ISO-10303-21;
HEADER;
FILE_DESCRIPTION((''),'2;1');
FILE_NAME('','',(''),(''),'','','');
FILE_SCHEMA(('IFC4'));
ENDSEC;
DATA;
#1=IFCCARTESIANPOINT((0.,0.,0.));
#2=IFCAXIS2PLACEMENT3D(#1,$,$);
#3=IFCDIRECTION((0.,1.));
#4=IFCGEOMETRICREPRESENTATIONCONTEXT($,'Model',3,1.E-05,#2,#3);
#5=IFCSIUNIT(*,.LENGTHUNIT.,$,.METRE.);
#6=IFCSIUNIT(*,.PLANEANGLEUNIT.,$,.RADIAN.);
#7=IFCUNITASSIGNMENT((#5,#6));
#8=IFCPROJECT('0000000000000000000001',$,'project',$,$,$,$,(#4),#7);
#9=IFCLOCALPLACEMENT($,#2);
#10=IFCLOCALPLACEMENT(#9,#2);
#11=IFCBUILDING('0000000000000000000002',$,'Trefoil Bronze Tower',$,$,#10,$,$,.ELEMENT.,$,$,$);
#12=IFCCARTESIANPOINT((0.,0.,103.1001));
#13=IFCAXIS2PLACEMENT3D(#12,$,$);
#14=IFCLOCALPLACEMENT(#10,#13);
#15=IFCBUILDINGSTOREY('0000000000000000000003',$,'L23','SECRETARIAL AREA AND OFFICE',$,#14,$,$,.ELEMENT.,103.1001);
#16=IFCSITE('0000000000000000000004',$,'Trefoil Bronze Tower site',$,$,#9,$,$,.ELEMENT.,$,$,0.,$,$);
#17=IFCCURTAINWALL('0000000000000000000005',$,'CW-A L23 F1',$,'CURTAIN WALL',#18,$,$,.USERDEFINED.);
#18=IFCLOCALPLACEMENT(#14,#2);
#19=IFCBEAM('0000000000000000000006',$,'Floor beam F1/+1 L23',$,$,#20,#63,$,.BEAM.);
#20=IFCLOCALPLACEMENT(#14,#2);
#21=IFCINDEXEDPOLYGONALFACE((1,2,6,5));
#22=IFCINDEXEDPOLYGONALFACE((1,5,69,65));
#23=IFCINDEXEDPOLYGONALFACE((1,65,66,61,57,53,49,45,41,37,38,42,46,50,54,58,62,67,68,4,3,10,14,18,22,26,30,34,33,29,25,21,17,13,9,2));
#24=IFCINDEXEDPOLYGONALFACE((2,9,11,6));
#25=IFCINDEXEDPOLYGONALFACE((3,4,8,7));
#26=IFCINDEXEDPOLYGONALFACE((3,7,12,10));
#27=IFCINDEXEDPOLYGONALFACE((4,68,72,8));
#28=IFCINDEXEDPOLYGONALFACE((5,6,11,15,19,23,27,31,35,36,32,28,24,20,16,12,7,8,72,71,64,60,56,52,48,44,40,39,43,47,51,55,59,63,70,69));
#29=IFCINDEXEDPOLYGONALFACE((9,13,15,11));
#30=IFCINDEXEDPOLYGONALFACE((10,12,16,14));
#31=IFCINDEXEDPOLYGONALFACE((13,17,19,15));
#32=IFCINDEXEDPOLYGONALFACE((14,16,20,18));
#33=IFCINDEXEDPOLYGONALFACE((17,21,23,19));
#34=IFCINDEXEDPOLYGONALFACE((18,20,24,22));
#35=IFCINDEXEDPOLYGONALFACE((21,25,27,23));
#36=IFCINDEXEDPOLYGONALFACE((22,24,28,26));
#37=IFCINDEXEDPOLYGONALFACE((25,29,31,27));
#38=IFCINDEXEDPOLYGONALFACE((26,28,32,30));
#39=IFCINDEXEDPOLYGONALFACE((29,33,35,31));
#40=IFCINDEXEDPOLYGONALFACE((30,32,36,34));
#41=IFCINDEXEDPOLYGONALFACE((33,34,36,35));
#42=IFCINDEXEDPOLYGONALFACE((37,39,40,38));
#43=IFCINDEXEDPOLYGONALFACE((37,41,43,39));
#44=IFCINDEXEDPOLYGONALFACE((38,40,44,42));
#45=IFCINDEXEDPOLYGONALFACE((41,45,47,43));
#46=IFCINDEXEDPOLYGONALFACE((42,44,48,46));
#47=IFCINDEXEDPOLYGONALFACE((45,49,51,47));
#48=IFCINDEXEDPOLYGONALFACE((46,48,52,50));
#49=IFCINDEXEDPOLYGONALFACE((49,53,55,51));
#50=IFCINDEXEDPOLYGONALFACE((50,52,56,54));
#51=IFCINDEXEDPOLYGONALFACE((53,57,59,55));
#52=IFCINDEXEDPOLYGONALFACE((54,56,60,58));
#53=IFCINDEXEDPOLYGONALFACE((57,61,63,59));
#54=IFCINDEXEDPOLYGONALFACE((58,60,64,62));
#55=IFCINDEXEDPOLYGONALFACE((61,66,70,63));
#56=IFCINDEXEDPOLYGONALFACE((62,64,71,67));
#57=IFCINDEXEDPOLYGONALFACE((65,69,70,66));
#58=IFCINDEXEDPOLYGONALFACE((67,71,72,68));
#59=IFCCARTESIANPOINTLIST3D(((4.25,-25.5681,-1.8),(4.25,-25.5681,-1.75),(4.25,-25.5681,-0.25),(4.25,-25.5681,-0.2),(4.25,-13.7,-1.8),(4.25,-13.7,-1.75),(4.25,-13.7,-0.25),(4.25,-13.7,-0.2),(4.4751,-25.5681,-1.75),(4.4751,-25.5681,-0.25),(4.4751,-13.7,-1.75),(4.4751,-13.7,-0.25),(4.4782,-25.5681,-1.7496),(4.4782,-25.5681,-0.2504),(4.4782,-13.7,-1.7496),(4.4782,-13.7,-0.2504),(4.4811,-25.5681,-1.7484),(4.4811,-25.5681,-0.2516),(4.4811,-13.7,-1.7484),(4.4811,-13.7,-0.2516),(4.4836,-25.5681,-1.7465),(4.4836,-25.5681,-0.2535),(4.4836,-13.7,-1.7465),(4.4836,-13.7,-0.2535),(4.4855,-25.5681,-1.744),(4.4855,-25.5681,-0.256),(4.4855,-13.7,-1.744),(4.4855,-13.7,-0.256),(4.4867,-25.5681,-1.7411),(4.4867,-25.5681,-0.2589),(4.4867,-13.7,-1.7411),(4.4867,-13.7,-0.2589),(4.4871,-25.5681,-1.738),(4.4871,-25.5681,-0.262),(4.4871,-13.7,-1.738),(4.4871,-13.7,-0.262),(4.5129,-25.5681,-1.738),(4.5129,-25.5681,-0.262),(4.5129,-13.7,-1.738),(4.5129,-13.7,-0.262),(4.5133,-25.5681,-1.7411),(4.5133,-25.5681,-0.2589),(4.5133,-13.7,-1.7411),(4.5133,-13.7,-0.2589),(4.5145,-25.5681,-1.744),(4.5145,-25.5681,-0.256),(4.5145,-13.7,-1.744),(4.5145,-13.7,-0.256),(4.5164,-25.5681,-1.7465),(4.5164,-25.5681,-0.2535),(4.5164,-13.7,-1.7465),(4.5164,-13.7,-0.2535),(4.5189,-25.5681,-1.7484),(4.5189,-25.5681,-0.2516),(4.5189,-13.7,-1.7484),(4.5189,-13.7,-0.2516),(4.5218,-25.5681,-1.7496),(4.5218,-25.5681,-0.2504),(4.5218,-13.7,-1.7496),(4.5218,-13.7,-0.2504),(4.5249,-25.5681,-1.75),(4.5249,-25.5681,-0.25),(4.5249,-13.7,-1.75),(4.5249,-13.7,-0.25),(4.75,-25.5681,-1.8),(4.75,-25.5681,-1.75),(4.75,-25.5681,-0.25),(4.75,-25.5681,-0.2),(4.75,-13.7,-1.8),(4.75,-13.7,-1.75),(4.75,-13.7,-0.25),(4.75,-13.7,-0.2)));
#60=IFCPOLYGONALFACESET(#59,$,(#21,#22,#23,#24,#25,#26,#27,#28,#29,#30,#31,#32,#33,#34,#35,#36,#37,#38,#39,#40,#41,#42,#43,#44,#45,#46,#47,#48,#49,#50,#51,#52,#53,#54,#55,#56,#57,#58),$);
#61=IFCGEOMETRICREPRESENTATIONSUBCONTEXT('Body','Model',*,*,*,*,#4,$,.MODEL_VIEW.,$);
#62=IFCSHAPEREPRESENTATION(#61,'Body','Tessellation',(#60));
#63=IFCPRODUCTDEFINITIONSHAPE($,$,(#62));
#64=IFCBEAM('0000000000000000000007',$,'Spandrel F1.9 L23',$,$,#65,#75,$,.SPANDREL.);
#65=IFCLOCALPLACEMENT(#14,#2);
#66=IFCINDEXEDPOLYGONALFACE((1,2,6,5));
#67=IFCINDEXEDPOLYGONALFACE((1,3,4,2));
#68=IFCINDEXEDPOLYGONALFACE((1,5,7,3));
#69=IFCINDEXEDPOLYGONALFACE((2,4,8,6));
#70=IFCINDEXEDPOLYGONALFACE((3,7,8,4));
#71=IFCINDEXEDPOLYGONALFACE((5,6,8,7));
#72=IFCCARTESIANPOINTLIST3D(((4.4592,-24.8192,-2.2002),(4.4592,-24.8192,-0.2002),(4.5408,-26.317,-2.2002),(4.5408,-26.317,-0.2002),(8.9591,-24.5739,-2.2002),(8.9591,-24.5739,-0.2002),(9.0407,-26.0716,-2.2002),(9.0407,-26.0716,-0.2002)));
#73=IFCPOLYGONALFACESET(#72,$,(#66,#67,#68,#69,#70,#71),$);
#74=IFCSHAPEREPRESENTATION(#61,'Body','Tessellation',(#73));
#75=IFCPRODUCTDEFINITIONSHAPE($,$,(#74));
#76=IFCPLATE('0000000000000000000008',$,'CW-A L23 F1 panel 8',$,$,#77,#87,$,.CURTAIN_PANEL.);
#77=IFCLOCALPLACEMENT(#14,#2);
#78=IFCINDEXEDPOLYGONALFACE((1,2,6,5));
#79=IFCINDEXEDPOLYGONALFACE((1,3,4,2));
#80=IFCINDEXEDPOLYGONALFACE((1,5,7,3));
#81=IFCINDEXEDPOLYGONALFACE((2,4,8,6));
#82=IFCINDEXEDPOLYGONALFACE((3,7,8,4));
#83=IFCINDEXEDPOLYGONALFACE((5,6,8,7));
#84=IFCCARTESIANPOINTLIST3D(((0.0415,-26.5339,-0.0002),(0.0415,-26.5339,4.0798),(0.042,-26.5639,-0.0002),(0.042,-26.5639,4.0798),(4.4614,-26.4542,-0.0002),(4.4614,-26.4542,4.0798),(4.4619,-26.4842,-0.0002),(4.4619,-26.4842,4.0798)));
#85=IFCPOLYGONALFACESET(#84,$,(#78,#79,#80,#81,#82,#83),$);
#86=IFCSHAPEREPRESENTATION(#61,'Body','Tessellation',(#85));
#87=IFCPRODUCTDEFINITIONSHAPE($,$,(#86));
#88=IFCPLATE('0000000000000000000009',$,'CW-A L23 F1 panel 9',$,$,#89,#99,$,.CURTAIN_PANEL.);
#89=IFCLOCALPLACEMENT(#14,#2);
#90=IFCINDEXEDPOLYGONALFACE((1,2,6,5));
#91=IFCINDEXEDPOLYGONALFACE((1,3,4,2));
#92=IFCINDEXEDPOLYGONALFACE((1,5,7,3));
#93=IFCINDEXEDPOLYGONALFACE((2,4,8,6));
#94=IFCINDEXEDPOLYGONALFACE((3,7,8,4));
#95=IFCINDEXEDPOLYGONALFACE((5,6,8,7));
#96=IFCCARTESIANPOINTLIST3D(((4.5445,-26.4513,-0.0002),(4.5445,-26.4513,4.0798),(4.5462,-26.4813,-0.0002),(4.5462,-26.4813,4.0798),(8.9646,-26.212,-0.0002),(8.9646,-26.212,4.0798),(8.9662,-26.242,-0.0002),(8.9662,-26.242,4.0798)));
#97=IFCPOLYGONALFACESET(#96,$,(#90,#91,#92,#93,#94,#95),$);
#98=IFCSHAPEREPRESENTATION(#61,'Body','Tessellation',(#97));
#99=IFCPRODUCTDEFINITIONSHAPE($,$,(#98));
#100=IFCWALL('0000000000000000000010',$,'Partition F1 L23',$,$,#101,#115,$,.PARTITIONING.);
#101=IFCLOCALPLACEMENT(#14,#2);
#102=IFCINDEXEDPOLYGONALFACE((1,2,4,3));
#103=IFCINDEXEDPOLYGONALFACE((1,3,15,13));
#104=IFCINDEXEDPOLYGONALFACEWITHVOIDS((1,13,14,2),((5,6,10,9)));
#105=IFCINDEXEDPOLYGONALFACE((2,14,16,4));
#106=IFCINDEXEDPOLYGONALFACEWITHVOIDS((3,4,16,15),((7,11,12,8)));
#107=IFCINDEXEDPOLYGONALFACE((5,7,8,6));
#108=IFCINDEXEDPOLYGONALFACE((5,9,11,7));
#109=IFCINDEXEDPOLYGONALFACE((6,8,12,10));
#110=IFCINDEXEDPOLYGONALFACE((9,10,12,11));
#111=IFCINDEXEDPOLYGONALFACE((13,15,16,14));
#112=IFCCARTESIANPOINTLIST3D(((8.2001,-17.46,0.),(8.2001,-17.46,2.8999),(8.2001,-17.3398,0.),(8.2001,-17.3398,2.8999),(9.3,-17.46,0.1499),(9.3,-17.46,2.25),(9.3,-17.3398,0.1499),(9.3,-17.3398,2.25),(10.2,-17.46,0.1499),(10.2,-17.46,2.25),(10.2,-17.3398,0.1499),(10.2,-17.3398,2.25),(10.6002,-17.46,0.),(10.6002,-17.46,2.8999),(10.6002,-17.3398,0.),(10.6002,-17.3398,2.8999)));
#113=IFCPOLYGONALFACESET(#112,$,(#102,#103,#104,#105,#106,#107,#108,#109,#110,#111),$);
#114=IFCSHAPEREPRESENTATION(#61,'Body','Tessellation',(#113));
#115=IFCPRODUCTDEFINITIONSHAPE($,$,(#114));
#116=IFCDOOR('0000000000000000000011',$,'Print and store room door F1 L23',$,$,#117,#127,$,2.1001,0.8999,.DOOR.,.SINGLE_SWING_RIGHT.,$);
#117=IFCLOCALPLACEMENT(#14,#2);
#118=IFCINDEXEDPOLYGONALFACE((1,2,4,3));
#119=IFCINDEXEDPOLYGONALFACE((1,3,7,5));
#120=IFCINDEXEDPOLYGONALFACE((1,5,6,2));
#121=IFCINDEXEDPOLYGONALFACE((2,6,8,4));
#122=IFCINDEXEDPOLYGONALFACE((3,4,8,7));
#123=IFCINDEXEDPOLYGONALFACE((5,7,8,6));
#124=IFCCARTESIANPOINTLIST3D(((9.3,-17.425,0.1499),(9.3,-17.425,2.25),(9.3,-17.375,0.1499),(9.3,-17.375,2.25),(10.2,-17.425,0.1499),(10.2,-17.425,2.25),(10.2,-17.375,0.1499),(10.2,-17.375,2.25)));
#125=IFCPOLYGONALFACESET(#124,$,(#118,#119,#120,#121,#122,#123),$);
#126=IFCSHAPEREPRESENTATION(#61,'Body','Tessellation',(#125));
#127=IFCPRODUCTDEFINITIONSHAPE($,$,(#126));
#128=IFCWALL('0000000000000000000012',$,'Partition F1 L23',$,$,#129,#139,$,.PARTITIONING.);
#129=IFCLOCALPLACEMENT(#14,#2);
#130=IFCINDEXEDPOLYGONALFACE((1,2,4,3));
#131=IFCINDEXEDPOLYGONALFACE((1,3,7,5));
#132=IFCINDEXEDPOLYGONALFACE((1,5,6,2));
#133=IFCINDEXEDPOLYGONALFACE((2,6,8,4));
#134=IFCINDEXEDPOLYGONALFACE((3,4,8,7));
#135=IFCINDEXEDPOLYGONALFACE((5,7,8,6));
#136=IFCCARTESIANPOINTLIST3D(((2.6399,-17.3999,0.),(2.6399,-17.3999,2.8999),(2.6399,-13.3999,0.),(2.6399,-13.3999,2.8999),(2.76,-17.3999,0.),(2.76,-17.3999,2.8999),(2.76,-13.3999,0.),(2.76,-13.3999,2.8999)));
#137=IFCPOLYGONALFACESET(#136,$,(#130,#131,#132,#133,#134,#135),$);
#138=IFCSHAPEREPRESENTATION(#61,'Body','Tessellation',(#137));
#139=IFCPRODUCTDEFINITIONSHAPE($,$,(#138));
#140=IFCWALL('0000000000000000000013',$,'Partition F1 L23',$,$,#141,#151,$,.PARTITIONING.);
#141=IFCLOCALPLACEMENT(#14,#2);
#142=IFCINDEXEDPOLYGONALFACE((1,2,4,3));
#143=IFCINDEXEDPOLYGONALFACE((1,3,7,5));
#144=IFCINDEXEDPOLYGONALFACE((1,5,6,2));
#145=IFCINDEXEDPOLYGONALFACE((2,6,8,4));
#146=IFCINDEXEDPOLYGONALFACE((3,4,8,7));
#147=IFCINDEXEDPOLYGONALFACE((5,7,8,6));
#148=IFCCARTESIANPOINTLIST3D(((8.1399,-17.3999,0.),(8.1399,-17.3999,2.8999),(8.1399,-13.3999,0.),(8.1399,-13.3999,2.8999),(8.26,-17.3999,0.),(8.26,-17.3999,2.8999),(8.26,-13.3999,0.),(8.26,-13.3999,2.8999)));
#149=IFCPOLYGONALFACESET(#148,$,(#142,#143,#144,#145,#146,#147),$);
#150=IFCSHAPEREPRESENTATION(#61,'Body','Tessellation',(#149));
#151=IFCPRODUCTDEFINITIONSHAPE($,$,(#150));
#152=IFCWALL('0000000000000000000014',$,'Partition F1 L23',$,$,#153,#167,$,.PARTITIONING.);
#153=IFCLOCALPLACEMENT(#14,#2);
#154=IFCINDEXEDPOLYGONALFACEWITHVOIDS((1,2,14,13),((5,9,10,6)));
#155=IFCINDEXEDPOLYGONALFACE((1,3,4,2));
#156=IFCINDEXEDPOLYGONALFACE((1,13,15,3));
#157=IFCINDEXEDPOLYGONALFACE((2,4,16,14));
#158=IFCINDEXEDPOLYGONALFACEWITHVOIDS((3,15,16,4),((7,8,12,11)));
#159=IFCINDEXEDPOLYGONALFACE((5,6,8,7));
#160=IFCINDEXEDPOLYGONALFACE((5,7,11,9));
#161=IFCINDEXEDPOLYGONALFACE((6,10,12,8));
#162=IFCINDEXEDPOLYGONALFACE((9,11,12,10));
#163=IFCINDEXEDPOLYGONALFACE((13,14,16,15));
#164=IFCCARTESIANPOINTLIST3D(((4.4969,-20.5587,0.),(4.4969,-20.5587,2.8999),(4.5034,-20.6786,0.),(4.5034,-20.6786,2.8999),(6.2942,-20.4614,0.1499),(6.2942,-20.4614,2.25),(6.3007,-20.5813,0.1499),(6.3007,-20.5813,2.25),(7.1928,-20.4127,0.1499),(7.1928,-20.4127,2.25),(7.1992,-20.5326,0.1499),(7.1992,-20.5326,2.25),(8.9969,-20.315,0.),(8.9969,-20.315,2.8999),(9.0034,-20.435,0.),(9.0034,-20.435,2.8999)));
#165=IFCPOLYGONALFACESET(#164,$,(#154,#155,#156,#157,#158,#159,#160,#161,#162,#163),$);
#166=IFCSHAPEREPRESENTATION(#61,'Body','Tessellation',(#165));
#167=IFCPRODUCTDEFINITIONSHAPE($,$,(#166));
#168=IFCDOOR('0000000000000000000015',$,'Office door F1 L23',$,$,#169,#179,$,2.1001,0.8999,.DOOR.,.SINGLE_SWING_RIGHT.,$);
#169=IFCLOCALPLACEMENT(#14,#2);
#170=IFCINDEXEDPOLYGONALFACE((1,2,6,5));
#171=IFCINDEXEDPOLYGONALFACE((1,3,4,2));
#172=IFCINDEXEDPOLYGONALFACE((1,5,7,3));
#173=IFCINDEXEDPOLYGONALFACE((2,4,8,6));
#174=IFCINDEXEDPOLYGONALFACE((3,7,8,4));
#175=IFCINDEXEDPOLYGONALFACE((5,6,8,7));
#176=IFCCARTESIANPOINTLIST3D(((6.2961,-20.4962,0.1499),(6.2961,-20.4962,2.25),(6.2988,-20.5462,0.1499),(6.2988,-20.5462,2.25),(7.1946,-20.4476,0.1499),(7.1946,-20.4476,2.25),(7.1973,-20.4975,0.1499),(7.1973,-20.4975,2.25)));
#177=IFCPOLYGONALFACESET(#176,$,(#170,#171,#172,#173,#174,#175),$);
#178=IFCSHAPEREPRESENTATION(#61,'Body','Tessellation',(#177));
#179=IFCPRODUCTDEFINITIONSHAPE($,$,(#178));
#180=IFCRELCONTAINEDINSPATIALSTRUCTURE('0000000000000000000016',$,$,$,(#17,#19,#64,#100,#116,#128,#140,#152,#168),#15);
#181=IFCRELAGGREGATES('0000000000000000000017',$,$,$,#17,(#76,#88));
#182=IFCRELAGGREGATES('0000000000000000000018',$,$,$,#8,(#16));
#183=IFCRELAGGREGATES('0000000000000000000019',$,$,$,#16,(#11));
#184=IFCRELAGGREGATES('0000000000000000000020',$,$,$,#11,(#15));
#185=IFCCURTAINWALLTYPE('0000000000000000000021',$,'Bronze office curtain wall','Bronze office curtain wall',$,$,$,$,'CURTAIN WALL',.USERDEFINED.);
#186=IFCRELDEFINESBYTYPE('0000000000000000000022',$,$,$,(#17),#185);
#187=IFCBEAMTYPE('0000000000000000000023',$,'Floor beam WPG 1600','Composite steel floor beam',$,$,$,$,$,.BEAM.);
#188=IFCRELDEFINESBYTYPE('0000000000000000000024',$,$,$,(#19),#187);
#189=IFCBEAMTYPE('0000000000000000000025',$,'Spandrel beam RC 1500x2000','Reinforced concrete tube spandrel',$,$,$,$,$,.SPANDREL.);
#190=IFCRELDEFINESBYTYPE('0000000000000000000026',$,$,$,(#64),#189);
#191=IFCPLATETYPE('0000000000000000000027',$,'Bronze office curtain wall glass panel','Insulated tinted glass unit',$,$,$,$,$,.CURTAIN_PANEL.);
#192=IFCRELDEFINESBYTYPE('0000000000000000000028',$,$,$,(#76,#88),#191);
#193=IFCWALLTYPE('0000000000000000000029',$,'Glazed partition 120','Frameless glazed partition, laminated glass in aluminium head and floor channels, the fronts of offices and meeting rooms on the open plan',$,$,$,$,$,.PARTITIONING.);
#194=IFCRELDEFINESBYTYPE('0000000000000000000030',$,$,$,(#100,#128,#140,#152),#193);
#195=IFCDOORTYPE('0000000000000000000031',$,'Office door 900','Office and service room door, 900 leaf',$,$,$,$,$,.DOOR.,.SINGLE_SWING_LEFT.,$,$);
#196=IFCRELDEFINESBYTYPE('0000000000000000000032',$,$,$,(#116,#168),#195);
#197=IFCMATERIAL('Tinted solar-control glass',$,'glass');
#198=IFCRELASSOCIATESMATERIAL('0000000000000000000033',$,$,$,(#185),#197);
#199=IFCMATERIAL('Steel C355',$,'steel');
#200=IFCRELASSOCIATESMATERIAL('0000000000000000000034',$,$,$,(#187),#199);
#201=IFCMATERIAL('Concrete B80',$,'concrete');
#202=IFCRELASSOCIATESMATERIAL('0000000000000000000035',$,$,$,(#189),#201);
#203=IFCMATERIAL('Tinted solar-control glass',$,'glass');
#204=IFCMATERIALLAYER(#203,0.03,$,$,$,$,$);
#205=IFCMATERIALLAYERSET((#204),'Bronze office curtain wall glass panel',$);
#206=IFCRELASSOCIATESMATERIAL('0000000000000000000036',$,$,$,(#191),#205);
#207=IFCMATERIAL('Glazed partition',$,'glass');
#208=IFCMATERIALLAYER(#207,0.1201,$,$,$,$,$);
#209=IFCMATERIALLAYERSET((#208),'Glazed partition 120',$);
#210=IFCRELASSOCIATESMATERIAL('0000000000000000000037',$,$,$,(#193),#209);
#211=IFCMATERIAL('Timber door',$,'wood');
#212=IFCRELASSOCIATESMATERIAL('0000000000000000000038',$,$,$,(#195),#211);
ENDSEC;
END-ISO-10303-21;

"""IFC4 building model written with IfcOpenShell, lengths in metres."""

from ifc_helpers import new_model, si_unit, direction, frame, frame_2d, origin, origin_2d, place, context, subcontext, project, spatial, rectangle, i_section, extrude, material, layer, layer_set, material_profile, profile_set, type_object, element, fill, aggregate, save


model = new_model("IFC4")

# Units and contexts
model_context = context("Model", 3, precision=1e-05, world=origin(), true_north=direction((0.0, 1.0)))
body_context = subcontext(model_context, "Body", "Model", "MODEL_VIEW")
ifc_project = project(units=[si_unit("LENGTHUNIT", "METRE"), si_unit("PLANEANGLEUNIT", "RADIAN")], contexts=[model_context])

# Site, building, storey
site_placement = place(None, origin())
site = spatial("IfcSite", under=ifc_project, at=site_placement, Name="Trefoil Bronze Tower site", CompositionType="ELEMENT", RefElevation=0.0)
building_placement = place(site_placement, origin())
building = spatial("IfcBuilding", under=site, at=building_placement, Name="Trefoil Bronze Tower", CompositionType="ELEMENT")
storey_placement = place(building_placement, frame((0.0, 0.0, 103.1001)))
storey = spatial("IfcBuildingStorey", under=building, at=storey_placement, Name="L23", Description="SECRETARIAL AREA AND OFFICE", CompositionType="ELEMENT", Elevation=103.1001)

# Curtain wall
ifc_material_1 = material(Name="Tinted solar-control glass", Category="glass")
curtain_wall_type = type_object("IfcCurtainWallType", Name="Bronze office curtain wall", Description="Bronze office curtain wall", ElementType="CURTAIN WALL", PredefinedType="USERDEFINED", material=ifc_material_1)
curtain_wall_placement = place(storey_placement, origin())
curtain_wall = element("IfcCurtainWall", 1, at=curtain_wall_placement, inside=storey, type_object=curtain_wall_type, Name="CW-A L23 F1", ObjectType="CURTAIN WALL", PredefinedType="USERDEFINED")

# Beams
ifc_material_2 = material(Name="Steel C355", Category="steel")
ifc_material_profile_1 = material_profile(ifc_material_2, i_section(OverallWidth=0.5, OverallDepth=1.6001, WebThickness=0.0259, FlangeThickness=0.05, FilletRadius=0.012, at=origin_2d()), Name="WPG 1600")
ifc_profile_set_1 = profile_set([ifc_material_profile_1], Name="Steel C355")
beam_type_1 = type_object("IfcBeamType", Name="Floor beam WPG 1600", Description="Composite steel floor beam", PredefinedType="BEAM", material=ifc_profile_set_1)
beam_1_placement = place(storey_placement, frame((4.5, -25.5681, -1.0), z_axis=(0.0, 1.0, 0.0), x_axis=(-1.0, 0.0, 0.0)))
element("IfcBeam", 2, at=beam_1_placement, inside=storey, type_object=beam_type_1, Name="Floor beam F1/+1 L23", PredefinedType="BEAM", context=body_context, shape_type="SweptSolid", body=[
    extrude(i_section(OverallWidth=0.5, OverallDepth=1.6001, WebThickness=0.0259, FlangeThickness=0.05, FilletRadius=0.012, at=origin_2d()), origin(), (0.0, 0.0, 1.0), 11.8682),
])
ifc_material_3 = material(Name="Concrete B80", Category="concrete")
ifc_material_profile_2 = material_profile(ifc_material_3, rectangle(XDim=1.5, YDim=2.0, at=origin_2d()), Name="RC 1500x2000")
ifc_profile_set_2 = profile_set([ifc_material_profile_2], Name="Concrete B80")
beam_type_2 = type_object("IfcBeamType", Name="Spandrel beam RC 1500x2000", Description="Reinforced concrete tube spandrel", PredefinedType="SPANDREL", material=ifc_profile_set_2)
beam_2_placement = place(storey_placement, frame((4.5, -25.5681, -1.2002), z_axis=(0.998517, 0.054444, 0.0), x_axis=(-0.054444, 0.998517, 0.0)))
element("IfcBeam", 3, at=beam_2_placement, inside=storey, type_object=beam_type_2, Name="Spandrel F1.9 L23", PredefinedType="SPANDREL", context=body_context, shape_type="SweptSolid", body=[
    extrude(rectangle(XDim=1.5, YDim=2.0, at=origin_2d()), origin(), (0.0, 0.0, 1.0), 4.5066),
])

# Plates
ifc_material_4 = material(Name="Tinted solar-control glass", Category="glass")
ifc_layer_1 = layer(ifc_material_4, 0.03)
ifc_layer_set_1 = layer_set([ifc_layer_1], Name="Bronze office curtain wall glass panel")
plate_type = type_object("IfcPlateType", Name="Bronze office curtain wall glass panel", Description="Insulated tinted glass unit", PredefinedType="CURTAIN_PANEL", material=ifc_layer_set_1)
plate_1_placement = place(storey_placement, frame((2.2517, -26.509, -0.0002), z_axis=(0.0, 0.0, 1.0), x_axis=(0.999838, 0.018021, 0.0)))
plate_1 = element("IfcPlate", 4, at=plate_1_placement, type_object=plate_type, Name="CW-A L23 F1 panel 8", PredefinedType="CURTAIN_PANEL", context=body_context, shape_type="SweptSolid", body=[
    extrude(rectangle(XDim=4.4207, YDim=0.03, at=origin_2d()), origin(), (0.0, 0.0, 1.0), 4.0801),
])
plate_2_placement = place(storey_placement, frame((6.7554, -26.3467, -0.0002), z_axis=(0.0, 0.0, 1.0), x_axis=(0.998538, 0.054063, 0.0)))
plate_2 = element("IfcPlate", 5, at=plate_2_placement, type_object=plate_type, Name="CW-A L23 F1 panel 9", PredefinedType="CURTAIN_PANEL", context=body_context, shape_type="SweptSolid", body=[
    extrude(rectangle(XDim=4.4265, YDim=0.03, at=origin_2d()), origin(), (0.0, 0.0, 1.0), 4.0801),
])
aggregate(curtain_wall, [plate_1, plate_2])

# Wall, opening, door
ifc_material_5 = material(Name="Glazed partition", Category="glass")
ifc_layer_2 = layer(ifc_material_5, 0.1201)
ifc_layer_set_2 = layer_set([ifc_layer_2], Name="Glazed partition 120")
wall_type = type_object("IfcWallType", Name="Glazed partition 120", Description="Frameless glazed partition, laminated glass in aluminium head and floor channels, the fronts of offices and meeting rooms on the open plan", PredefinedType="PARTITIONING", material=ifc_layer_set_2)
wall_1_placement = place(storey_placement, frame((8.2, -17.3999, 0.0), z_axis=(0.0, 0.0, 1.0), x_axis=(1.0, 0.0, 0.0)))
wall_1 = element("IfcWall", 6, at=wall_1_placement, inside=storey, type_object=wall_type, Name="Partition F1 L23", PredefinedType="PARTITIONING", context=body_context, shape_type="SweptSolid", body=[
    extrude(rectangle(XDim=2.4001, YDim=0.1201, at=frame_2d((1.2002, 0.0))), origin(), (0.0, 0.0, 1.0), 2.8999),
])
opening_1_placement = place(wall_1_placement, frame((1.1001, 0.0, 0.1499)))
opening_1 = element("IfcOpeningElement", 7, at=opening_1_placement, cuts=wall_1, PredefinedType="OPENING", context=body_context, shape_type="SweptSolid", body=[
    extrude(rectangle(XDim=0.8999, YDim=2.1001, at=frame_2d((0.45, 1.05))), frame((0.0, 0.0701, 0.0), z_axis=(0.0, -1.0, 0.0), x_axis=(1.0, 0.0, 0.0)), (0.0, 0.0, 1.0), 0.1401),
])
ifc_material_6 = material(Name="Timber door", Category="wood")
door_type = type_object("IfcDoorType", Name="Office door 900", Description="Office and service room door, 900 leaf", OperationType="SINGLE_SWING_LEFT", PredefinedType="DOOR", material=ifc_material_6)
door_1_placement = place(opening_1_placement, origin())
door_1 = element("IfcDoor", 8, at=door_1_placement, inside=storey, type_object=door_type, Name="Print and store room door F1 L23", OperationType="SINGLE_SWING_RIGHT", OverallHeight=2.1001, OverallWidth=0.8999, PredefinedType="DOOR", context=body_context, shape_type="SweptSolid", body=[
    extrude(rectangle(XDim=0.8999, YDim=2.1001, at=frame_2d((0.45, 1.05))), frame((0.0, 0.0249, 0.0), z_axis=(0.0, -1.0, 0.0), x_axis=(1.0, 0.0, 0.0)), (0.0, 0.0, 1.0), 0.05),
])
fill(opening_1, door_1)

# Walls
for number, where, z_axis, x_axis, name in (
    (9, (2.7, -13.3999, 0.0), (0.0, 0.0, 1.0), (0.0, -1.0, 0.0), "Partition F1 L23"),
    (10, (8.2, -13.3999, 0.0), (0.0, 0.0, 1.0), (0.0, -1.0, 0.0), "Partition F1 L23"),
):
    element("IfcWall", number, at=place(storey_placement, frame(where, z_axis=z_axis, x_axis=x_axis)), inside=storey, type_object=wall_type, Name=name, PredefinedType="PARTITIONING", context=body_context, shape_type="SweptSolid", body=[
        extrude(rectangle(XDim=4.0, YDim=0.1201, at=frame_2d((2.0, 0.0))), origin(), (0.0, 0.0, 1.0), 2.8999),
    ])

# Wall, opening, door
wall_2_placement = place(storey_placement, frame((4.5, -20.6187, 0.0), z_axis=(0.0, 0.0, 1.0), x_axis=(0.998537, 0.054066, 0.0)))
wall_2 = element("IfcWall", 11, at=wall_2_placement, inside=storey, type_object=wall_type, Name="Partition F1 L23", PredefinedType="PARTITIONING", context=body_context, shape_type="SweptSolid", body=[
    extrude(rectangle(XDim=4.5066, YDim=0.1201, at=frame_2d((2.2534, 0.0))), origin(), (0.0, 0.0, 1.0), 2.8999),
])
opening_2_placement = place(wall_2_placement, frame((1.8, 0.0, 0.1499)))
opening_2 = element("IfcOpeningElement", 12, at=opening_2_placement, cuts=wall_2, PredefinedType="OPENING", context=body_context, shape_type="SweptSolid", body=[
    extrude(rectangle(XDim=0.8999, YDim=2.1001, at=frame_2d((0.45, 1.05))), frame((0.0, 0.0701, 0.0), z_axis=(0.0, -1.0, 0.0), x_axis=(1.0, 0.0, 0.0)), (0.0, 0.0, 1.0), 0.1401),
])
door_2_placement = place(opening_2_placement, frame((0.8999, 0.0, 0.0), z_axis=(0.0, 0.0, 1.0), x_axis=(-1.0, 0.0, 0.0)))
door_2 = element("IfcDoor", 13, at=door_2_placement, inside=storey, type_object=door_type, Name="Office door F1 L23", OperationType="SINGLE_SWING_RIGHT", OverallHeight=2.1001, OverallWidth=0.8999, PredefinedType="DOOR", context=body_context, shape_type="SweptSolid", body=[
    extrude(rectangle(XDim=0.8999, YDim=2.1001, at=frame_2d((0.45, 1.05))), frame((0.0, 0.0249, 0.0), z_axis=(0.0, -1.0, 0.0), x_axis=(1.0, 0.0, 0.0)), (0.0, 0.0, 1.0), 0.05),
])
fill(opening_2, door_2)

save(model, "model.ifc")
